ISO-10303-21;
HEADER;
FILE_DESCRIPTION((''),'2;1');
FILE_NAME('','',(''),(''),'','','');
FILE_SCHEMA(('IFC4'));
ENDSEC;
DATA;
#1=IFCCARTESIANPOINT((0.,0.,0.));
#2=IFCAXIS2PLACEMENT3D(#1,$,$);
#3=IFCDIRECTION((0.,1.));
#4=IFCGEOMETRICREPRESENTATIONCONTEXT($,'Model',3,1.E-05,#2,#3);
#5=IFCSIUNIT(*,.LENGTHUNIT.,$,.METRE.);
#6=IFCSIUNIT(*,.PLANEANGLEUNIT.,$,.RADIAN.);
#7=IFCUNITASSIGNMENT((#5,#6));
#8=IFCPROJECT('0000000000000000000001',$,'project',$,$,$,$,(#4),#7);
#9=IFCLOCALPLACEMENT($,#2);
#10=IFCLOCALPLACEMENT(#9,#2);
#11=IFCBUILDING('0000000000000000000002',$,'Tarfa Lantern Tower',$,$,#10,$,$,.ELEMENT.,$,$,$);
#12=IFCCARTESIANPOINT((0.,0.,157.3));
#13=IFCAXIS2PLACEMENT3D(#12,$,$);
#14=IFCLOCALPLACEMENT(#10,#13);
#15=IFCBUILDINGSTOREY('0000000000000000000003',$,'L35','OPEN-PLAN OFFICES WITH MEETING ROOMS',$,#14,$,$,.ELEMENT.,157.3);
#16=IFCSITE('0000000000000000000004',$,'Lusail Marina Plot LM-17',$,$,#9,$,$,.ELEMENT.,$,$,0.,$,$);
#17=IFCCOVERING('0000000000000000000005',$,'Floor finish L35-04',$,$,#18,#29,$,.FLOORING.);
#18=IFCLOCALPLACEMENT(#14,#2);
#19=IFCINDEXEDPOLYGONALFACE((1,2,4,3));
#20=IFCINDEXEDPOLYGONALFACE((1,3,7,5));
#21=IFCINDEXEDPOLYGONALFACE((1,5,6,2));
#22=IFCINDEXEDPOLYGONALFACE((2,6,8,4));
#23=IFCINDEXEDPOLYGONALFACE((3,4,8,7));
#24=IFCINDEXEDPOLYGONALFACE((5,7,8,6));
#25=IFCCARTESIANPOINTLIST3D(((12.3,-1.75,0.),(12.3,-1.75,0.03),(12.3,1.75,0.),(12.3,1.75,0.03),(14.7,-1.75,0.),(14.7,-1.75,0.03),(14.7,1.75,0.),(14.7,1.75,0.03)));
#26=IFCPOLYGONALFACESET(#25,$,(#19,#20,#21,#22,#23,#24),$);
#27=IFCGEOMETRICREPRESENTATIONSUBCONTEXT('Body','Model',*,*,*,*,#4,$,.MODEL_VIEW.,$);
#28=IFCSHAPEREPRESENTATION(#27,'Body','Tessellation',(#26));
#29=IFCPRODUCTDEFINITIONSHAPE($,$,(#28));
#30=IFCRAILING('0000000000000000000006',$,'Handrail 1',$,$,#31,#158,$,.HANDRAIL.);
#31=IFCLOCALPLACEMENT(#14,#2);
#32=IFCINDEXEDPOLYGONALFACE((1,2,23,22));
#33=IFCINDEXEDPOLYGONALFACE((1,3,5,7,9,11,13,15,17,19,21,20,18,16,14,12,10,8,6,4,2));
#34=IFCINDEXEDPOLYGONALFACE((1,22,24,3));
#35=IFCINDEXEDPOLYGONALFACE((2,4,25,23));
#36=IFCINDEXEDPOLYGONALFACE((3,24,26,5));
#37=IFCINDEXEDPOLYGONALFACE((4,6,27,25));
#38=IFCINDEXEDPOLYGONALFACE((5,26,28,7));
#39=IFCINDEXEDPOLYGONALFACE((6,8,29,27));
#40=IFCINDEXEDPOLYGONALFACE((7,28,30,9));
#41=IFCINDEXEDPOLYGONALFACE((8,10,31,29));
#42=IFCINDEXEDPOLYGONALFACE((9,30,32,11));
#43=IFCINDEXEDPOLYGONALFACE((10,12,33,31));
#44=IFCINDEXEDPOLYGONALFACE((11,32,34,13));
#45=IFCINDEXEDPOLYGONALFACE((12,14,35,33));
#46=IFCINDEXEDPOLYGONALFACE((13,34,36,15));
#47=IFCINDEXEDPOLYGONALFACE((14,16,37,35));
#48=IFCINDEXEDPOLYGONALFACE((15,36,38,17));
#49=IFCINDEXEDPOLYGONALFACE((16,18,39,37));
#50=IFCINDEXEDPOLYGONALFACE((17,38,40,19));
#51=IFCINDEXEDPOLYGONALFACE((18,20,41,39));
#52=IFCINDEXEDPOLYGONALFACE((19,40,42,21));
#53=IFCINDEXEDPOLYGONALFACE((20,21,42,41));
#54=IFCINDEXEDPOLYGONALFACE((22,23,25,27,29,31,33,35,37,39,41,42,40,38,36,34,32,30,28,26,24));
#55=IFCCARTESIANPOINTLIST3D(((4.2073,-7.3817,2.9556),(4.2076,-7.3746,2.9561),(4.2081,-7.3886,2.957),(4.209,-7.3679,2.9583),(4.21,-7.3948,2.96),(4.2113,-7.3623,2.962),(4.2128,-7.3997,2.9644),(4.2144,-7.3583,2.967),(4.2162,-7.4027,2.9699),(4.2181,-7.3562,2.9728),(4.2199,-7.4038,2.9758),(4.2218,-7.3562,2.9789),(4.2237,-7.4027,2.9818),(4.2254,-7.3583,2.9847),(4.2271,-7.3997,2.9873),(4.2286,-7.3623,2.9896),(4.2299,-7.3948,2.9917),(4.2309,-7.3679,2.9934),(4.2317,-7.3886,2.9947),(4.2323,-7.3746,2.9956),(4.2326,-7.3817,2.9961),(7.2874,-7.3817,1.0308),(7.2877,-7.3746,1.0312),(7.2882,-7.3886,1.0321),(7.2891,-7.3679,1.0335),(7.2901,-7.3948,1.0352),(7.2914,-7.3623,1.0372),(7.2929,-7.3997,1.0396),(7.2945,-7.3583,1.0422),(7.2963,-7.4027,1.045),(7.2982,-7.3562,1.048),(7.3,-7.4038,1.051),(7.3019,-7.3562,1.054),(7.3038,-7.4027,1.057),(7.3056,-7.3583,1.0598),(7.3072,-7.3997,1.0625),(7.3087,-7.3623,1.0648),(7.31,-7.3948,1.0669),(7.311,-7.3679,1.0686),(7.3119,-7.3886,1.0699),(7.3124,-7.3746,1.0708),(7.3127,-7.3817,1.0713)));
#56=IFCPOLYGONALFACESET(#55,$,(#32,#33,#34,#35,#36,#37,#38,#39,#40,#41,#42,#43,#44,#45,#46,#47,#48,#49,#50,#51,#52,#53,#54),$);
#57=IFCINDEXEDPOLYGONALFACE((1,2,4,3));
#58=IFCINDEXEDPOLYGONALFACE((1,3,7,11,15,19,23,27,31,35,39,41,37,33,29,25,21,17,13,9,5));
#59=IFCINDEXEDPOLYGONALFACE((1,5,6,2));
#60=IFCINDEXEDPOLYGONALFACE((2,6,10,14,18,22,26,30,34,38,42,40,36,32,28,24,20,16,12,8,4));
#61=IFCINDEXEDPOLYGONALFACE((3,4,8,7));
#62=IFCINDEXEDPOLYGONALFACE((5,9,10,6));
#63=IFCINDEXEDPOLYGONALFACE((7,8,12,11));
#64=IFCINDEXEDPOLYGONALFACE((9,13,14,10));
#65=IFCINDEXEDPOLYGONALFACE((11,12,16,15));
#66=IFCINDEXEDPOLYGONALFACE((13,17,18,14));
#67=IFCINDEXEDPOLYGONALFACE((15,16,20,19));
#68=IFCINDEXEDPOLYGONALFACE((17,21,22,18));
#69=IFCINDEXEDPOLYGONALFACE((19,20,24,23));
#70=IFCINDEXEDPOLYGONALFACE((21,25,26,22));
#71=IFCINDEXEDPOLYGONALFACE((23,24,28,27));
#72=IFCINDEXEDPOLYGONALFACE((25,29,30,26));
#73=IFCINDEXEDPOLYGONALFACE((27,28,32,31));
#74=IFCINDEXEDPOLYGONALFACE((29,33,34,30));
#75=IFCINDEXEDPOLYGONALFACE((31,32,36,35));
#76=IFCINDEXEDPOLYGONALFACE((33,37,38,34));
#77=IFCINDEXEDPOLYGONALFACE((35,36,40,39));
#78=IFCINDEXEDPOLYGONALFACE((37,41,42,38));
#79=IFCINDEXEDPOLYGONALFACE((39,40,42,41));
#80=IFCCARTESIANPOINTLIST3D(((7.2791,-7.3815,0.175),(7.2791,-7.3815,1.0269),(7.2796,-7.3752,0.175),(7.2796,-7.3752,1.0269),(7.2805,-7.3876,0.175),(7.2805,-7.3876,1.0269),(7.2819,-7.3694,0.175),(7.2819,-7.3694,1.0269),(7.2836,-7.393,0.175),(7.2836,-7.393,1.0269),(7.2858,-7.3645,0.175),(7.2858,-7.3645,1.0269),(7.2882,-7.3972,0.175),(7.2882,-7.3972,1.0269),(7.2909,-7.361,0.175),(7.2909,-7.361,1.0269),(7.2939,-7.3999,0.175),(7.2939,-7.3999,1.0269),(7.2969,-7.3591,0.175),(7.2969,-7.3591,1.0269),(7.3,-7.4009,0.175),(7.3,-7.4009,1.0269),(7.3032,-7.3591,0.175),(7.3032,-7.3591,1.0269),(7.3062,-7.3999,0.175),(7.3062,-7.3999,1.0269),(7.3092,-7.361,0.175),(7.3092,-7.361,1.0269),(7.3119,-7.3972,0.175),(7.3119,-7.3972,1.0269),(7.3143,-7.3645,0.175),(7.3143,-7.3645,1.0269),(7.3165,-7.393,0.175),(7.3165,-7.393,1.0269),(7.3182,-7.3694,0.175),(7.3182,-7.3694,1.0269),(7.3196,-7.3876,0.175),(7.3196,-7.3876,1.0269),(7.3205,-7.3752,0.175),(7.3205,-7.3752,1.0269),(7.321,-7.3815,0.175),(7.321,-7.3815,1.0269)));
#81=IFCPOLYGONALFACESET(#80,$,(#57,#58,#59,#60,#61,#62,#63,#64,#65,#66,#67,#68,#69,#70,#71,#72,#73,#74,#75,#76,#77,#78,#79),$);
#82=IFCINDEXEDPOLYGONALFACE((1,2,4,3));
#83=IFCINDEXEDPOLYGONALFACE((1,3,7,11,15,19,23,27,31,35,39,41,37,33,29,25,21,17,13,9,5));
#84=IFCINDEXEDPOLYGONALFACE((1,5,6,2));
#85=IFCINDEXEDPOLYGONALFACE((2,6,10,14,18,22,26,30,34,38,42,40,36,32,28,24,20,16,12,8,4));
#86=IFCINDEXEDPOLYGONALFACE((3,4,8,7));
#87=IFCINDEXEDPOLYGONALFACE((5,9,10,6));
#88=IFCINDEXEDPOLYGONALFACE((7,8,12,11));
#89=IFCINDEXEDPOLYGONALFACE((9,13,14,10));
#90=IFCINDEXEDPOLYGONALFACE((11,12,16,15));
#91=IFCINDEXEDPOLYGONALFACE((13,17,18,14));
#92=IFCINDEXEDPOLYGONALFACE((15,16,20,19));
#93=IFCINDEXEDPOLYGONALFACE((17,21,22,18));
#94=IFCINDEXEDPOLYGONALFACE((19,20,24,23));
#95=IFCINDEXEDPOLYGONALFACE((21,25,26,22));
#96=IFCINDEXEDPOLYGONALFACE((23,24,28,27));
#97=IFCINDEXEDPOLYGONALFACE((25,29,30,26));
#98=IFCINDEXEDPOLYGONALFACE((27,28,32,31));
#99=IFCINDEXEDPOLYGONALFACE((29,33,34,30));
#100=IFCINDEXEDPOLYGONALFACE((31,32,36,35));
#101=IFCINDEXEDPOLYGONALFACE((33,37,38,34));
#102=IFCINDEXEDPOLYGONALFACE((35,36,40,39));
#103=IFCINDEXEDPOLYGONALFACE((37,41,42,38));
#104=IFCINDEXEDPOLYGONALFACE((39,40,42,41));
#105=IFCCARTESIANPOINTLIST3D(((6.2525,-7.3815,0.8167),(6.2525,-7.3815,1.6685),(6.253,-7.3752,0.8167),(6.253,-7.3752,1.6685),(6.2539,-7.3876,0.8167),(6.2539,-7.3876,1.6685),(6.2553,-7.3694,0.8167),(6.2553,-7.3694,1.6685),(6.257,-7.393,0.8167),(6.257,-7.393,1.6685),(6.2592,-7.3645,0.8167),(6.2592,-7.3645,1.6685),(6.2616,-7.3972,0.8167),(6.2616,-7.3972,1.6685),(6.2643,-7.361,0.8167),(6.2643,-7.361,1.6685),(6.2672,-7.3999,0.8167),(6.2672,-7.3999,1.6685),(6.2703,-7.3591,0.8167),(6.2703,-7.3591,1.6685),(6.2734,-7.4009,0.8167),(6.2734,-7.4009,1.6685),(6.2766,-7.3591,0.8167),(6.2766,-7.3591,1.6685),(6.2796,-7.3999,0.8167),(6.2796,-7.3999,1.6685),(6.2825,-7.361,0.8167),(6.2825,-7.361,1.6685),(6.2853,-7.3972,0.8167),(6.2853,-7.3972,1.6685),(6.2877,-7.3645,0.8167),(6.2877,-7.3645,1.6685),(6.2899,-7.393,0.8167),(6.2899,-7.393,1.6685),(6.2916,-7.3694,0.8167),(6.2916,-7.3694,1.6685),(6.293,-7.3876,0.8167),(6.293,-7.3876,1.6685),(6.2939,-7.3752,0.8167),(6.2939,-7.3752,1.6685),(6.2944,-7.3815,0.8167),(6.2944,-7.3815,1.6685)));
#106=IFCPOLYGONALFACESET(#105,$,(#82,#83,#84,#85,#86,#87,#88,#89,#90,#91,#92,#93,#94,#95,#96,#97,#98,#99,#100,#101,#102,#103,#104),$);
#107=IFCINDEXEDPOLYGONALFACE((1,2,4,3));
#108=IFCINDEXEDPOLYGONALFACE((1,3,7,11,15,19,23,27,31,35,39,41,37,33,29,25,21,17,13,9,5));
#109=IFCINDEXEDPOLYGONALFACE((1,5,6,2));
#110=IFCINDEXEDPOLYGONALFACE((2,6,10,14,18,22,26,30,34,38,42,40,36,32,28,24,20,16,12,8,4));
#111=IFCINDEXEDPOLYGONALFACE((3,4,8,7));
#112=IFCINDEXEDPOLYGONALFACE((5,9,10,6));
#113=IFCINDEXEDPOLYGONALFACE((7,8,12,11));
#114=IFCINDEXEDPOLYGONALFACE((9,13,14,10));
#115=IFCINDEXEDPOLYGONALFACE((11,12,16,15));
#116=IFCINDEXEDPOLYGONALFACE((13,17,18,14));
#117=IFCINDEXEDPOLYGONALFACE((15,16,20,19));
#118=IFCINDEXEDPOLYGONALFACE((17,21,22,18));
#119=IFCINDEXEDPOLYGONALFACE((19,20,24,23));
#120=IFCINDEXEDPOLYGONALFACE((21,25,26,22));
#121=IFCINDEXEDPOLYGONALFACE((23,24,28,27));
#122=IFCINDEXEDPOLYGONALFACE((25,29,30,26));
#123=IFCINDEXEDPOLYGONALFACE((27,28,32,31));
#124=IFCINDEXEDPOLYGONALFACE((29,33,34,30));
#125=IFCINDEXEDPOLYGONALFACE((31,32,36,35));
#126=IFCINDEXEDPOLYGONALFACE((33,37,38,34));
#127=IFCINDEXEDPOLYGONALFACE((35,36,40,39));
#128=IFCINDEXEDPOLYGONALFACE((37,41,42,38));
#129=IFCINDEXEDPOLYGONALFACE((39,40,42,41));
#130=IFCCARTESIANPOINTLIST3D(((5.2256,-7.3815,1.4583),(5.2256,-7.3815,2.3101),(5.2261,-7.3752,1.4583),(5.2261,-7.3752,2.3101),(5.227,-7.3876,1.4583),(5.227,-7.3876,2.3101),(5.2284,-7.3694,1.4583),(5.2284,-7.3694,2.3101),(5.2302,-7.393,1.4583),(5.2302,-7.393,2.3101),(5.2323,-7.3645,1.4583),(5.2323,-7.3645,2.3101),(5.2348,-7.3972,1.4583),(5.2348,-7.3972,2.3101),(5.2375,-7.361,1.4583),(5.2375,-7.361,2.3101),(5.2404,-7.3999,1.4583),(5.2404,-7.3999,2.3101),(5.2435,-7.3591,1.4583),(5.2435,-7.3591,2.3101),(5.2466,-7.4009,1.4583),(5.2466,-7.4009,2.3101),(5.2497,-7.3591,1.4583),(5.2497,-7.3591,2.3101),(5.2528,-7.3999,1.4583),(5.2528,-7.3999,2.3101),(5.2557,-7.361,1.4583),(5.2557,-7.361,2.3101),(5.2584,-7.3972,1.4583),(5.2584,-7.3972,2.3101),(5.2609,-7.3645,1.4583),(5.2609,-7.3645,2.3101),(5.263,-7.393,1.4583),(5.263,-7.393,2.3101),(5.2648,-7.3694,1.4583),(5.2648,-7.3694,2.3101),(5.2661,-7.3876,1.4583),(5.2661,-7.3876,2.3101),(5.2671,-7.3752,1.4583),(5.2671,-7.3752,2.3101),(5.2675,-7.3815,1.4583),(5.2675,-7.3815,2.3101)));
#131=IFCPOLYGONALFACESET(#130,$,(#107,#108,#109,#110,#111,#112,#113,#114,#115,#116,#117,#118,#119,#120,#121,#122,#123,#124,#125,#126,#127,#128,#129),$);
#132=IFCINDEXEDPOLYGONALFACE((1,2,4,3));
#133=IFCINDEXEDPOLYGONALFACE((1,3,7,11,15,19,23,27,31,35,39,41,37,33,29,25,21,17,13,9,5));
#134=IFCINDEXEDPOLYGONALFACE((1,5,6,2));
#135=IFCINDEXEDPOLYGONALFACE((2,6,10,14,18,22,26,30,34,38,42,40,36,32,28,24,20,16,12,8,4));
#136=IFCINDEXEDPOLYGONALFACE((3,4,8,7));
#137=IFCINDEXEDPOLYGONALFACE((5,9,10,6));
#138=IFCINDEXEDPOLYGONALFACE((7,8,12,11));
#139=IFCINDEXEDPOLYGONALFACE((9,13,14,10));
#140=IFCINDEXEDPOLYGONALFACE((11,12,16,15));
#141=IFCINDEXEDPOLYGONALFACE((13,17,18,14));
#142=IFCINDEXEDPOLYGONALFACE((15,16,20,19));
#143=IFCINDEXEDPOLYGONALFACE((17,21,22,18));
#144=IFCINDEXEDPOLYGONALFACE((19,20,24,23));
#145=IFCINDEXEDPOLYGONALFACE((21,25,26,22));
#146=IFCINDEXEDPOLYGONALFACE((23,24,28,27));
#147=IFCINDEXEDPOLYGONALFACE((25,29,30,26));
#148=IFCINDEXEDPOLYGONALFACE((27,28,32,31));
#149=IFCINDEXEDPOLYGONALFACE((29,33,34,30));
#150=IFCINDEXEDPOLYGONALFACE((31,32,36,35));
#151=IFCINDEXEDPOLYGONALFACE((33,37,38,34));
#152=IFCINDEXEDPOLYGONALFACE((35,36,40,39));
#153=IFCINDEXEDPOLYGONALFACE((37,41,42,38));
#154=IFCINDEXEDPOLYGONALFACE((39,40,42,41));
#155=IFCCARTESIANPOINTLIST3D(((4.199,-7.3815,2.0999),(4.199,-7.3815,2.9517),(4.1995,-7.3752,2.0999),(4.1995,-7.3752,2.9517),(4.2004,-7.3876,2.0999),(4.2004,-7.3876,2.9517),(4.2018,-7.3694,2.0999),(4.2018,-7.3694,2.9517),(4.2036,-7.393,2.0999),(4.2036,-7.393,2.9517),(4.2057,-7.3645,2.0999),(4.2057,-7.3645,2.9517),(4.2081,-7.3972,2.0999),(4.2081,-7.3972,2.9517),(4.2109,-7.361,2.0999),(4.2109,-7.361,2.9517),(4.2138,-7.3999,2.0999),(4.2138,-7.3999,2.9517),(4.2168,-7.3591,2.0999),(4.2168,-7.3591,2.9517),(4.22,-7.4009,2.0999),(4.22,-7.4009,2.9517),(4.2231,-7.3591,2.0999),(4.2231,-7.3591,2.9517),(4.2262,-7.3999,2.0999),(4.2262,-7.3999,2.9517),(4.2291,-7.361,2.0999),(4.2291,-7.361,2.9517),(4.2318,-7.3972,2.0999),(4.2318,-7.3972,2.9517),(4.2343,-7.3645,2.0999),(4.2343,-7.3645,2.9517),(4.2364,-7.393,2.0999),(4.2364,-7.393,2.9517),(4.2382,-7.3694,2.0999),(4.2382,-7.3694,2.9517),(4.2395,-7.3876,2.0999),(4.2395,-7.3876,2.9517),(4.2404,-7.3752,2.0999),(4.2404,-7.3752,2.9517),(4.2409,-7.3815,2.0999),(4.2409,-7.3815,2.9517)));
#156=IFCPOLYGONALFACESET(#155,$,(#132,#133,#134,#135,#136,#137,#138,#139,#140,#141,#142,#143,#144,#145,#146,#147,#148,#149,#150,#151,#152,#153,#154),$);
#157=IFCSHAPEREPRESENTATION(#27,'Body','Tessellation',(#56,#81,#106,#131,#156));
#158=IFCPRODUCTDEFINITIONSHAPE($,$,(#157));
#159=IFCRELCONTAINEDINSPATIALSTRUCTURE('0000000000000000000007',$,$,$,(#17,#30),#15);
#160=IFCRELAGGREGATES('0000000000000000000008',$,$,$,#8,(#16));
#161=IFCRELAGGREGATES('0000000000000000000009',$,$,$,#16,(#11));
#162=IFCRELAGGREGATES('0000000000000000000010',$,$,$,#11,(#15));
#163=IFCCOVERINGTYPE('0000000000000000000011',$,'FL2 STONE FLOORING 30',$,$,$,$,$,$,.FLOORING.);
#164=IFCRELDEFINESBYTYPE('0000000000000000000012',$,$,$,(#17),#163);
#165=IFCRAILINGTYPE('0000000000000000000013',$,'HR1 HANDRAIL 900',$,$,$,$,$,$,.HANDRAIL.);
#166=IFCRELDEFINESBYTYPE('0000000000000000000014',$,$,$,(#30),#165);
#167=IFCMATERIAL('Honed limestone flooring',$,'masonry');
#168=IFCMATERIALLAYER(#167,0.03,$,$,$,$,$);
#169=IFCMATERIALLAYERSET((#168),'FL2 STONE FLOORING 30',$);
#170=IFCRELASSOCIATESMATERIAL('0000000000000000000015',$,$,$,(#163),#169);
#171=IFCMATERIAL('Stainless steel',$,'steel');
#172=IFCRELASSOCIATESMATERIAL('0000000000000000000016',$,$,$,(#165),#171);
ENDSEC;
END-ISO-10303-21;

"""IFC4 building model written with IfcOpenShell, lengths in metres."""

from ifc_helpers import new_model, si_unit, direction, frame, origin, origin_2d, place, context, subcontext, project, spatial, polyline, circle, outline, extrude, material, layer, layer_set, type_object, element, save


model = new_model("IFC4")

# Units and contexts
model_context = context("Model", 3, precision=1e-05, world=origin(), true_north=direction((0.0, 1.0)))
body_context = subcontext(model_context, "Body", "Model", "MODEL_VIEW")
ifc_project = project(units=[si_unit("LENGTHUNIT", "METRE"), si_unit("PLANEANGLEUNIT", "RADIAN")], contexts=[model_context])

# Site, building, storey
site_placement = place(None, origin())
site = spatial("IfcSite", under=ifc_project, at=site_placement, Name="Lusail Marina Plot LM-17", CompositionType="ELEMENT", RefElevation=0.0)
building_placement = place(site_placement, origin())
building = spatial("IfcBuilding", under=site, at=building_placement, Name="Tarfa Lantern Tower", CompositionType="ELEMENT")
storey_placement = place(building_placement, frame((0.0, 0.0, 157.3)))
storey = spatial("IfcBuildingStorey", under=building, at=storey_placement, Name="L35", Description="OPEN-PLAN OFFICES WITH MEETING ROOMS", CompositionType="ELEMENT", Elevation=157.3)

# Covering
ifc_material_1 = material(Name="Honed limestone flooring", Category="masonry")
ifc_layer_1 = layer(ifc_material_1, 0.03)
ifc_layer_set_1 = layer_set([ifc_layer_1], Name="FL2 STONE FLOORING 30")
covering_type_1 = type_object("IfcCoveringType", Name="FL2 STONE FLOORING 30", PredefinedType="FLOORING", material=ifc_layer_set_1)
covering_1_placement = place(storey_placement, origin())
element("IfcCovering", 1, at=covering_1_placement, inside=storey, type_object=covering_type_1, Name="Floor finish L35-04", PredefinedType="FLOORING", context=body_context, shape_type="SweptSolid", body=[
    extrude(outline(polyline([(12.3, -1.75), (14.7, -1.75), (14.7, 1.75), (12.3, 1.75), (12.3, -1.75)])), origin(), (0.0, 0.0, 1.0), 0.03),
])

# Railing
ifc_material_2 = material(Name="Stainless steel", Category="steel")
railing_type = type_object("IfcRailingType", Name="HR1 HANDRAIL 900", PredefinedType="HANDRAIL", material=ifc_material_2)
railing_1_placement = place(storey_placement, frame((7.3, -7.3799, 0.175)))
element("IfcRailing", 2, at=railing_1_placement, inside=storey, type_object=railing_type, Name="Handrail 1", PredefinedType="HANDRAIL", context=body_context, shape_type="SweptSolid", body=[
    extrude(circle(Radius=0.0239, at=origin_2d()), frame((0.0, 0.0, 0.876), z_axis=(-0.848029, 0.0, 0.529951), x_axis=(0.0, -1.0, 0.0)), (0.0, 0.0, 1.0), 3.6321),
    extrude(circle(Radius=0.021, at=origin_2d()), frame((0.0, 0.0, 0.0), z_axis=(0.0, 0.0, 1.0), x_axis=(0.0, -1.0, 0.0)), (0.0, 0.0, 1.0), 0.8518),
    extrude(circle(Radius=0.021, at=origin_2d()), frame((-1.0266, 0.0, 0.6416), z_axis=(0.0, 0.0, 1.0), x_axis=(0.0, -1.0, 0.0)), (0.0, 0.0, 1.0), 0.8518),
    extrude(circle(Radius=0.021, at=origin_2d()), frame((-2.0535, 0.0, 1.2832), z_axis=(0.0, 0.0, 1.0), x_axis=(0.0, -1.0, 0.0)), (0.0, 0.0, 1.0), 0.8518),
    extrude(circle(Radius=0.021, at=origin_2d()), frame((-3.0801, 0.0, 1.9248), z_axis=(0.0, 0.0, 1.0), x_axis=(0.0, -1.0, 0.0)), (0.0, 0.0, 1.0), 0.8518),
])

save(model, "model.ifc")
